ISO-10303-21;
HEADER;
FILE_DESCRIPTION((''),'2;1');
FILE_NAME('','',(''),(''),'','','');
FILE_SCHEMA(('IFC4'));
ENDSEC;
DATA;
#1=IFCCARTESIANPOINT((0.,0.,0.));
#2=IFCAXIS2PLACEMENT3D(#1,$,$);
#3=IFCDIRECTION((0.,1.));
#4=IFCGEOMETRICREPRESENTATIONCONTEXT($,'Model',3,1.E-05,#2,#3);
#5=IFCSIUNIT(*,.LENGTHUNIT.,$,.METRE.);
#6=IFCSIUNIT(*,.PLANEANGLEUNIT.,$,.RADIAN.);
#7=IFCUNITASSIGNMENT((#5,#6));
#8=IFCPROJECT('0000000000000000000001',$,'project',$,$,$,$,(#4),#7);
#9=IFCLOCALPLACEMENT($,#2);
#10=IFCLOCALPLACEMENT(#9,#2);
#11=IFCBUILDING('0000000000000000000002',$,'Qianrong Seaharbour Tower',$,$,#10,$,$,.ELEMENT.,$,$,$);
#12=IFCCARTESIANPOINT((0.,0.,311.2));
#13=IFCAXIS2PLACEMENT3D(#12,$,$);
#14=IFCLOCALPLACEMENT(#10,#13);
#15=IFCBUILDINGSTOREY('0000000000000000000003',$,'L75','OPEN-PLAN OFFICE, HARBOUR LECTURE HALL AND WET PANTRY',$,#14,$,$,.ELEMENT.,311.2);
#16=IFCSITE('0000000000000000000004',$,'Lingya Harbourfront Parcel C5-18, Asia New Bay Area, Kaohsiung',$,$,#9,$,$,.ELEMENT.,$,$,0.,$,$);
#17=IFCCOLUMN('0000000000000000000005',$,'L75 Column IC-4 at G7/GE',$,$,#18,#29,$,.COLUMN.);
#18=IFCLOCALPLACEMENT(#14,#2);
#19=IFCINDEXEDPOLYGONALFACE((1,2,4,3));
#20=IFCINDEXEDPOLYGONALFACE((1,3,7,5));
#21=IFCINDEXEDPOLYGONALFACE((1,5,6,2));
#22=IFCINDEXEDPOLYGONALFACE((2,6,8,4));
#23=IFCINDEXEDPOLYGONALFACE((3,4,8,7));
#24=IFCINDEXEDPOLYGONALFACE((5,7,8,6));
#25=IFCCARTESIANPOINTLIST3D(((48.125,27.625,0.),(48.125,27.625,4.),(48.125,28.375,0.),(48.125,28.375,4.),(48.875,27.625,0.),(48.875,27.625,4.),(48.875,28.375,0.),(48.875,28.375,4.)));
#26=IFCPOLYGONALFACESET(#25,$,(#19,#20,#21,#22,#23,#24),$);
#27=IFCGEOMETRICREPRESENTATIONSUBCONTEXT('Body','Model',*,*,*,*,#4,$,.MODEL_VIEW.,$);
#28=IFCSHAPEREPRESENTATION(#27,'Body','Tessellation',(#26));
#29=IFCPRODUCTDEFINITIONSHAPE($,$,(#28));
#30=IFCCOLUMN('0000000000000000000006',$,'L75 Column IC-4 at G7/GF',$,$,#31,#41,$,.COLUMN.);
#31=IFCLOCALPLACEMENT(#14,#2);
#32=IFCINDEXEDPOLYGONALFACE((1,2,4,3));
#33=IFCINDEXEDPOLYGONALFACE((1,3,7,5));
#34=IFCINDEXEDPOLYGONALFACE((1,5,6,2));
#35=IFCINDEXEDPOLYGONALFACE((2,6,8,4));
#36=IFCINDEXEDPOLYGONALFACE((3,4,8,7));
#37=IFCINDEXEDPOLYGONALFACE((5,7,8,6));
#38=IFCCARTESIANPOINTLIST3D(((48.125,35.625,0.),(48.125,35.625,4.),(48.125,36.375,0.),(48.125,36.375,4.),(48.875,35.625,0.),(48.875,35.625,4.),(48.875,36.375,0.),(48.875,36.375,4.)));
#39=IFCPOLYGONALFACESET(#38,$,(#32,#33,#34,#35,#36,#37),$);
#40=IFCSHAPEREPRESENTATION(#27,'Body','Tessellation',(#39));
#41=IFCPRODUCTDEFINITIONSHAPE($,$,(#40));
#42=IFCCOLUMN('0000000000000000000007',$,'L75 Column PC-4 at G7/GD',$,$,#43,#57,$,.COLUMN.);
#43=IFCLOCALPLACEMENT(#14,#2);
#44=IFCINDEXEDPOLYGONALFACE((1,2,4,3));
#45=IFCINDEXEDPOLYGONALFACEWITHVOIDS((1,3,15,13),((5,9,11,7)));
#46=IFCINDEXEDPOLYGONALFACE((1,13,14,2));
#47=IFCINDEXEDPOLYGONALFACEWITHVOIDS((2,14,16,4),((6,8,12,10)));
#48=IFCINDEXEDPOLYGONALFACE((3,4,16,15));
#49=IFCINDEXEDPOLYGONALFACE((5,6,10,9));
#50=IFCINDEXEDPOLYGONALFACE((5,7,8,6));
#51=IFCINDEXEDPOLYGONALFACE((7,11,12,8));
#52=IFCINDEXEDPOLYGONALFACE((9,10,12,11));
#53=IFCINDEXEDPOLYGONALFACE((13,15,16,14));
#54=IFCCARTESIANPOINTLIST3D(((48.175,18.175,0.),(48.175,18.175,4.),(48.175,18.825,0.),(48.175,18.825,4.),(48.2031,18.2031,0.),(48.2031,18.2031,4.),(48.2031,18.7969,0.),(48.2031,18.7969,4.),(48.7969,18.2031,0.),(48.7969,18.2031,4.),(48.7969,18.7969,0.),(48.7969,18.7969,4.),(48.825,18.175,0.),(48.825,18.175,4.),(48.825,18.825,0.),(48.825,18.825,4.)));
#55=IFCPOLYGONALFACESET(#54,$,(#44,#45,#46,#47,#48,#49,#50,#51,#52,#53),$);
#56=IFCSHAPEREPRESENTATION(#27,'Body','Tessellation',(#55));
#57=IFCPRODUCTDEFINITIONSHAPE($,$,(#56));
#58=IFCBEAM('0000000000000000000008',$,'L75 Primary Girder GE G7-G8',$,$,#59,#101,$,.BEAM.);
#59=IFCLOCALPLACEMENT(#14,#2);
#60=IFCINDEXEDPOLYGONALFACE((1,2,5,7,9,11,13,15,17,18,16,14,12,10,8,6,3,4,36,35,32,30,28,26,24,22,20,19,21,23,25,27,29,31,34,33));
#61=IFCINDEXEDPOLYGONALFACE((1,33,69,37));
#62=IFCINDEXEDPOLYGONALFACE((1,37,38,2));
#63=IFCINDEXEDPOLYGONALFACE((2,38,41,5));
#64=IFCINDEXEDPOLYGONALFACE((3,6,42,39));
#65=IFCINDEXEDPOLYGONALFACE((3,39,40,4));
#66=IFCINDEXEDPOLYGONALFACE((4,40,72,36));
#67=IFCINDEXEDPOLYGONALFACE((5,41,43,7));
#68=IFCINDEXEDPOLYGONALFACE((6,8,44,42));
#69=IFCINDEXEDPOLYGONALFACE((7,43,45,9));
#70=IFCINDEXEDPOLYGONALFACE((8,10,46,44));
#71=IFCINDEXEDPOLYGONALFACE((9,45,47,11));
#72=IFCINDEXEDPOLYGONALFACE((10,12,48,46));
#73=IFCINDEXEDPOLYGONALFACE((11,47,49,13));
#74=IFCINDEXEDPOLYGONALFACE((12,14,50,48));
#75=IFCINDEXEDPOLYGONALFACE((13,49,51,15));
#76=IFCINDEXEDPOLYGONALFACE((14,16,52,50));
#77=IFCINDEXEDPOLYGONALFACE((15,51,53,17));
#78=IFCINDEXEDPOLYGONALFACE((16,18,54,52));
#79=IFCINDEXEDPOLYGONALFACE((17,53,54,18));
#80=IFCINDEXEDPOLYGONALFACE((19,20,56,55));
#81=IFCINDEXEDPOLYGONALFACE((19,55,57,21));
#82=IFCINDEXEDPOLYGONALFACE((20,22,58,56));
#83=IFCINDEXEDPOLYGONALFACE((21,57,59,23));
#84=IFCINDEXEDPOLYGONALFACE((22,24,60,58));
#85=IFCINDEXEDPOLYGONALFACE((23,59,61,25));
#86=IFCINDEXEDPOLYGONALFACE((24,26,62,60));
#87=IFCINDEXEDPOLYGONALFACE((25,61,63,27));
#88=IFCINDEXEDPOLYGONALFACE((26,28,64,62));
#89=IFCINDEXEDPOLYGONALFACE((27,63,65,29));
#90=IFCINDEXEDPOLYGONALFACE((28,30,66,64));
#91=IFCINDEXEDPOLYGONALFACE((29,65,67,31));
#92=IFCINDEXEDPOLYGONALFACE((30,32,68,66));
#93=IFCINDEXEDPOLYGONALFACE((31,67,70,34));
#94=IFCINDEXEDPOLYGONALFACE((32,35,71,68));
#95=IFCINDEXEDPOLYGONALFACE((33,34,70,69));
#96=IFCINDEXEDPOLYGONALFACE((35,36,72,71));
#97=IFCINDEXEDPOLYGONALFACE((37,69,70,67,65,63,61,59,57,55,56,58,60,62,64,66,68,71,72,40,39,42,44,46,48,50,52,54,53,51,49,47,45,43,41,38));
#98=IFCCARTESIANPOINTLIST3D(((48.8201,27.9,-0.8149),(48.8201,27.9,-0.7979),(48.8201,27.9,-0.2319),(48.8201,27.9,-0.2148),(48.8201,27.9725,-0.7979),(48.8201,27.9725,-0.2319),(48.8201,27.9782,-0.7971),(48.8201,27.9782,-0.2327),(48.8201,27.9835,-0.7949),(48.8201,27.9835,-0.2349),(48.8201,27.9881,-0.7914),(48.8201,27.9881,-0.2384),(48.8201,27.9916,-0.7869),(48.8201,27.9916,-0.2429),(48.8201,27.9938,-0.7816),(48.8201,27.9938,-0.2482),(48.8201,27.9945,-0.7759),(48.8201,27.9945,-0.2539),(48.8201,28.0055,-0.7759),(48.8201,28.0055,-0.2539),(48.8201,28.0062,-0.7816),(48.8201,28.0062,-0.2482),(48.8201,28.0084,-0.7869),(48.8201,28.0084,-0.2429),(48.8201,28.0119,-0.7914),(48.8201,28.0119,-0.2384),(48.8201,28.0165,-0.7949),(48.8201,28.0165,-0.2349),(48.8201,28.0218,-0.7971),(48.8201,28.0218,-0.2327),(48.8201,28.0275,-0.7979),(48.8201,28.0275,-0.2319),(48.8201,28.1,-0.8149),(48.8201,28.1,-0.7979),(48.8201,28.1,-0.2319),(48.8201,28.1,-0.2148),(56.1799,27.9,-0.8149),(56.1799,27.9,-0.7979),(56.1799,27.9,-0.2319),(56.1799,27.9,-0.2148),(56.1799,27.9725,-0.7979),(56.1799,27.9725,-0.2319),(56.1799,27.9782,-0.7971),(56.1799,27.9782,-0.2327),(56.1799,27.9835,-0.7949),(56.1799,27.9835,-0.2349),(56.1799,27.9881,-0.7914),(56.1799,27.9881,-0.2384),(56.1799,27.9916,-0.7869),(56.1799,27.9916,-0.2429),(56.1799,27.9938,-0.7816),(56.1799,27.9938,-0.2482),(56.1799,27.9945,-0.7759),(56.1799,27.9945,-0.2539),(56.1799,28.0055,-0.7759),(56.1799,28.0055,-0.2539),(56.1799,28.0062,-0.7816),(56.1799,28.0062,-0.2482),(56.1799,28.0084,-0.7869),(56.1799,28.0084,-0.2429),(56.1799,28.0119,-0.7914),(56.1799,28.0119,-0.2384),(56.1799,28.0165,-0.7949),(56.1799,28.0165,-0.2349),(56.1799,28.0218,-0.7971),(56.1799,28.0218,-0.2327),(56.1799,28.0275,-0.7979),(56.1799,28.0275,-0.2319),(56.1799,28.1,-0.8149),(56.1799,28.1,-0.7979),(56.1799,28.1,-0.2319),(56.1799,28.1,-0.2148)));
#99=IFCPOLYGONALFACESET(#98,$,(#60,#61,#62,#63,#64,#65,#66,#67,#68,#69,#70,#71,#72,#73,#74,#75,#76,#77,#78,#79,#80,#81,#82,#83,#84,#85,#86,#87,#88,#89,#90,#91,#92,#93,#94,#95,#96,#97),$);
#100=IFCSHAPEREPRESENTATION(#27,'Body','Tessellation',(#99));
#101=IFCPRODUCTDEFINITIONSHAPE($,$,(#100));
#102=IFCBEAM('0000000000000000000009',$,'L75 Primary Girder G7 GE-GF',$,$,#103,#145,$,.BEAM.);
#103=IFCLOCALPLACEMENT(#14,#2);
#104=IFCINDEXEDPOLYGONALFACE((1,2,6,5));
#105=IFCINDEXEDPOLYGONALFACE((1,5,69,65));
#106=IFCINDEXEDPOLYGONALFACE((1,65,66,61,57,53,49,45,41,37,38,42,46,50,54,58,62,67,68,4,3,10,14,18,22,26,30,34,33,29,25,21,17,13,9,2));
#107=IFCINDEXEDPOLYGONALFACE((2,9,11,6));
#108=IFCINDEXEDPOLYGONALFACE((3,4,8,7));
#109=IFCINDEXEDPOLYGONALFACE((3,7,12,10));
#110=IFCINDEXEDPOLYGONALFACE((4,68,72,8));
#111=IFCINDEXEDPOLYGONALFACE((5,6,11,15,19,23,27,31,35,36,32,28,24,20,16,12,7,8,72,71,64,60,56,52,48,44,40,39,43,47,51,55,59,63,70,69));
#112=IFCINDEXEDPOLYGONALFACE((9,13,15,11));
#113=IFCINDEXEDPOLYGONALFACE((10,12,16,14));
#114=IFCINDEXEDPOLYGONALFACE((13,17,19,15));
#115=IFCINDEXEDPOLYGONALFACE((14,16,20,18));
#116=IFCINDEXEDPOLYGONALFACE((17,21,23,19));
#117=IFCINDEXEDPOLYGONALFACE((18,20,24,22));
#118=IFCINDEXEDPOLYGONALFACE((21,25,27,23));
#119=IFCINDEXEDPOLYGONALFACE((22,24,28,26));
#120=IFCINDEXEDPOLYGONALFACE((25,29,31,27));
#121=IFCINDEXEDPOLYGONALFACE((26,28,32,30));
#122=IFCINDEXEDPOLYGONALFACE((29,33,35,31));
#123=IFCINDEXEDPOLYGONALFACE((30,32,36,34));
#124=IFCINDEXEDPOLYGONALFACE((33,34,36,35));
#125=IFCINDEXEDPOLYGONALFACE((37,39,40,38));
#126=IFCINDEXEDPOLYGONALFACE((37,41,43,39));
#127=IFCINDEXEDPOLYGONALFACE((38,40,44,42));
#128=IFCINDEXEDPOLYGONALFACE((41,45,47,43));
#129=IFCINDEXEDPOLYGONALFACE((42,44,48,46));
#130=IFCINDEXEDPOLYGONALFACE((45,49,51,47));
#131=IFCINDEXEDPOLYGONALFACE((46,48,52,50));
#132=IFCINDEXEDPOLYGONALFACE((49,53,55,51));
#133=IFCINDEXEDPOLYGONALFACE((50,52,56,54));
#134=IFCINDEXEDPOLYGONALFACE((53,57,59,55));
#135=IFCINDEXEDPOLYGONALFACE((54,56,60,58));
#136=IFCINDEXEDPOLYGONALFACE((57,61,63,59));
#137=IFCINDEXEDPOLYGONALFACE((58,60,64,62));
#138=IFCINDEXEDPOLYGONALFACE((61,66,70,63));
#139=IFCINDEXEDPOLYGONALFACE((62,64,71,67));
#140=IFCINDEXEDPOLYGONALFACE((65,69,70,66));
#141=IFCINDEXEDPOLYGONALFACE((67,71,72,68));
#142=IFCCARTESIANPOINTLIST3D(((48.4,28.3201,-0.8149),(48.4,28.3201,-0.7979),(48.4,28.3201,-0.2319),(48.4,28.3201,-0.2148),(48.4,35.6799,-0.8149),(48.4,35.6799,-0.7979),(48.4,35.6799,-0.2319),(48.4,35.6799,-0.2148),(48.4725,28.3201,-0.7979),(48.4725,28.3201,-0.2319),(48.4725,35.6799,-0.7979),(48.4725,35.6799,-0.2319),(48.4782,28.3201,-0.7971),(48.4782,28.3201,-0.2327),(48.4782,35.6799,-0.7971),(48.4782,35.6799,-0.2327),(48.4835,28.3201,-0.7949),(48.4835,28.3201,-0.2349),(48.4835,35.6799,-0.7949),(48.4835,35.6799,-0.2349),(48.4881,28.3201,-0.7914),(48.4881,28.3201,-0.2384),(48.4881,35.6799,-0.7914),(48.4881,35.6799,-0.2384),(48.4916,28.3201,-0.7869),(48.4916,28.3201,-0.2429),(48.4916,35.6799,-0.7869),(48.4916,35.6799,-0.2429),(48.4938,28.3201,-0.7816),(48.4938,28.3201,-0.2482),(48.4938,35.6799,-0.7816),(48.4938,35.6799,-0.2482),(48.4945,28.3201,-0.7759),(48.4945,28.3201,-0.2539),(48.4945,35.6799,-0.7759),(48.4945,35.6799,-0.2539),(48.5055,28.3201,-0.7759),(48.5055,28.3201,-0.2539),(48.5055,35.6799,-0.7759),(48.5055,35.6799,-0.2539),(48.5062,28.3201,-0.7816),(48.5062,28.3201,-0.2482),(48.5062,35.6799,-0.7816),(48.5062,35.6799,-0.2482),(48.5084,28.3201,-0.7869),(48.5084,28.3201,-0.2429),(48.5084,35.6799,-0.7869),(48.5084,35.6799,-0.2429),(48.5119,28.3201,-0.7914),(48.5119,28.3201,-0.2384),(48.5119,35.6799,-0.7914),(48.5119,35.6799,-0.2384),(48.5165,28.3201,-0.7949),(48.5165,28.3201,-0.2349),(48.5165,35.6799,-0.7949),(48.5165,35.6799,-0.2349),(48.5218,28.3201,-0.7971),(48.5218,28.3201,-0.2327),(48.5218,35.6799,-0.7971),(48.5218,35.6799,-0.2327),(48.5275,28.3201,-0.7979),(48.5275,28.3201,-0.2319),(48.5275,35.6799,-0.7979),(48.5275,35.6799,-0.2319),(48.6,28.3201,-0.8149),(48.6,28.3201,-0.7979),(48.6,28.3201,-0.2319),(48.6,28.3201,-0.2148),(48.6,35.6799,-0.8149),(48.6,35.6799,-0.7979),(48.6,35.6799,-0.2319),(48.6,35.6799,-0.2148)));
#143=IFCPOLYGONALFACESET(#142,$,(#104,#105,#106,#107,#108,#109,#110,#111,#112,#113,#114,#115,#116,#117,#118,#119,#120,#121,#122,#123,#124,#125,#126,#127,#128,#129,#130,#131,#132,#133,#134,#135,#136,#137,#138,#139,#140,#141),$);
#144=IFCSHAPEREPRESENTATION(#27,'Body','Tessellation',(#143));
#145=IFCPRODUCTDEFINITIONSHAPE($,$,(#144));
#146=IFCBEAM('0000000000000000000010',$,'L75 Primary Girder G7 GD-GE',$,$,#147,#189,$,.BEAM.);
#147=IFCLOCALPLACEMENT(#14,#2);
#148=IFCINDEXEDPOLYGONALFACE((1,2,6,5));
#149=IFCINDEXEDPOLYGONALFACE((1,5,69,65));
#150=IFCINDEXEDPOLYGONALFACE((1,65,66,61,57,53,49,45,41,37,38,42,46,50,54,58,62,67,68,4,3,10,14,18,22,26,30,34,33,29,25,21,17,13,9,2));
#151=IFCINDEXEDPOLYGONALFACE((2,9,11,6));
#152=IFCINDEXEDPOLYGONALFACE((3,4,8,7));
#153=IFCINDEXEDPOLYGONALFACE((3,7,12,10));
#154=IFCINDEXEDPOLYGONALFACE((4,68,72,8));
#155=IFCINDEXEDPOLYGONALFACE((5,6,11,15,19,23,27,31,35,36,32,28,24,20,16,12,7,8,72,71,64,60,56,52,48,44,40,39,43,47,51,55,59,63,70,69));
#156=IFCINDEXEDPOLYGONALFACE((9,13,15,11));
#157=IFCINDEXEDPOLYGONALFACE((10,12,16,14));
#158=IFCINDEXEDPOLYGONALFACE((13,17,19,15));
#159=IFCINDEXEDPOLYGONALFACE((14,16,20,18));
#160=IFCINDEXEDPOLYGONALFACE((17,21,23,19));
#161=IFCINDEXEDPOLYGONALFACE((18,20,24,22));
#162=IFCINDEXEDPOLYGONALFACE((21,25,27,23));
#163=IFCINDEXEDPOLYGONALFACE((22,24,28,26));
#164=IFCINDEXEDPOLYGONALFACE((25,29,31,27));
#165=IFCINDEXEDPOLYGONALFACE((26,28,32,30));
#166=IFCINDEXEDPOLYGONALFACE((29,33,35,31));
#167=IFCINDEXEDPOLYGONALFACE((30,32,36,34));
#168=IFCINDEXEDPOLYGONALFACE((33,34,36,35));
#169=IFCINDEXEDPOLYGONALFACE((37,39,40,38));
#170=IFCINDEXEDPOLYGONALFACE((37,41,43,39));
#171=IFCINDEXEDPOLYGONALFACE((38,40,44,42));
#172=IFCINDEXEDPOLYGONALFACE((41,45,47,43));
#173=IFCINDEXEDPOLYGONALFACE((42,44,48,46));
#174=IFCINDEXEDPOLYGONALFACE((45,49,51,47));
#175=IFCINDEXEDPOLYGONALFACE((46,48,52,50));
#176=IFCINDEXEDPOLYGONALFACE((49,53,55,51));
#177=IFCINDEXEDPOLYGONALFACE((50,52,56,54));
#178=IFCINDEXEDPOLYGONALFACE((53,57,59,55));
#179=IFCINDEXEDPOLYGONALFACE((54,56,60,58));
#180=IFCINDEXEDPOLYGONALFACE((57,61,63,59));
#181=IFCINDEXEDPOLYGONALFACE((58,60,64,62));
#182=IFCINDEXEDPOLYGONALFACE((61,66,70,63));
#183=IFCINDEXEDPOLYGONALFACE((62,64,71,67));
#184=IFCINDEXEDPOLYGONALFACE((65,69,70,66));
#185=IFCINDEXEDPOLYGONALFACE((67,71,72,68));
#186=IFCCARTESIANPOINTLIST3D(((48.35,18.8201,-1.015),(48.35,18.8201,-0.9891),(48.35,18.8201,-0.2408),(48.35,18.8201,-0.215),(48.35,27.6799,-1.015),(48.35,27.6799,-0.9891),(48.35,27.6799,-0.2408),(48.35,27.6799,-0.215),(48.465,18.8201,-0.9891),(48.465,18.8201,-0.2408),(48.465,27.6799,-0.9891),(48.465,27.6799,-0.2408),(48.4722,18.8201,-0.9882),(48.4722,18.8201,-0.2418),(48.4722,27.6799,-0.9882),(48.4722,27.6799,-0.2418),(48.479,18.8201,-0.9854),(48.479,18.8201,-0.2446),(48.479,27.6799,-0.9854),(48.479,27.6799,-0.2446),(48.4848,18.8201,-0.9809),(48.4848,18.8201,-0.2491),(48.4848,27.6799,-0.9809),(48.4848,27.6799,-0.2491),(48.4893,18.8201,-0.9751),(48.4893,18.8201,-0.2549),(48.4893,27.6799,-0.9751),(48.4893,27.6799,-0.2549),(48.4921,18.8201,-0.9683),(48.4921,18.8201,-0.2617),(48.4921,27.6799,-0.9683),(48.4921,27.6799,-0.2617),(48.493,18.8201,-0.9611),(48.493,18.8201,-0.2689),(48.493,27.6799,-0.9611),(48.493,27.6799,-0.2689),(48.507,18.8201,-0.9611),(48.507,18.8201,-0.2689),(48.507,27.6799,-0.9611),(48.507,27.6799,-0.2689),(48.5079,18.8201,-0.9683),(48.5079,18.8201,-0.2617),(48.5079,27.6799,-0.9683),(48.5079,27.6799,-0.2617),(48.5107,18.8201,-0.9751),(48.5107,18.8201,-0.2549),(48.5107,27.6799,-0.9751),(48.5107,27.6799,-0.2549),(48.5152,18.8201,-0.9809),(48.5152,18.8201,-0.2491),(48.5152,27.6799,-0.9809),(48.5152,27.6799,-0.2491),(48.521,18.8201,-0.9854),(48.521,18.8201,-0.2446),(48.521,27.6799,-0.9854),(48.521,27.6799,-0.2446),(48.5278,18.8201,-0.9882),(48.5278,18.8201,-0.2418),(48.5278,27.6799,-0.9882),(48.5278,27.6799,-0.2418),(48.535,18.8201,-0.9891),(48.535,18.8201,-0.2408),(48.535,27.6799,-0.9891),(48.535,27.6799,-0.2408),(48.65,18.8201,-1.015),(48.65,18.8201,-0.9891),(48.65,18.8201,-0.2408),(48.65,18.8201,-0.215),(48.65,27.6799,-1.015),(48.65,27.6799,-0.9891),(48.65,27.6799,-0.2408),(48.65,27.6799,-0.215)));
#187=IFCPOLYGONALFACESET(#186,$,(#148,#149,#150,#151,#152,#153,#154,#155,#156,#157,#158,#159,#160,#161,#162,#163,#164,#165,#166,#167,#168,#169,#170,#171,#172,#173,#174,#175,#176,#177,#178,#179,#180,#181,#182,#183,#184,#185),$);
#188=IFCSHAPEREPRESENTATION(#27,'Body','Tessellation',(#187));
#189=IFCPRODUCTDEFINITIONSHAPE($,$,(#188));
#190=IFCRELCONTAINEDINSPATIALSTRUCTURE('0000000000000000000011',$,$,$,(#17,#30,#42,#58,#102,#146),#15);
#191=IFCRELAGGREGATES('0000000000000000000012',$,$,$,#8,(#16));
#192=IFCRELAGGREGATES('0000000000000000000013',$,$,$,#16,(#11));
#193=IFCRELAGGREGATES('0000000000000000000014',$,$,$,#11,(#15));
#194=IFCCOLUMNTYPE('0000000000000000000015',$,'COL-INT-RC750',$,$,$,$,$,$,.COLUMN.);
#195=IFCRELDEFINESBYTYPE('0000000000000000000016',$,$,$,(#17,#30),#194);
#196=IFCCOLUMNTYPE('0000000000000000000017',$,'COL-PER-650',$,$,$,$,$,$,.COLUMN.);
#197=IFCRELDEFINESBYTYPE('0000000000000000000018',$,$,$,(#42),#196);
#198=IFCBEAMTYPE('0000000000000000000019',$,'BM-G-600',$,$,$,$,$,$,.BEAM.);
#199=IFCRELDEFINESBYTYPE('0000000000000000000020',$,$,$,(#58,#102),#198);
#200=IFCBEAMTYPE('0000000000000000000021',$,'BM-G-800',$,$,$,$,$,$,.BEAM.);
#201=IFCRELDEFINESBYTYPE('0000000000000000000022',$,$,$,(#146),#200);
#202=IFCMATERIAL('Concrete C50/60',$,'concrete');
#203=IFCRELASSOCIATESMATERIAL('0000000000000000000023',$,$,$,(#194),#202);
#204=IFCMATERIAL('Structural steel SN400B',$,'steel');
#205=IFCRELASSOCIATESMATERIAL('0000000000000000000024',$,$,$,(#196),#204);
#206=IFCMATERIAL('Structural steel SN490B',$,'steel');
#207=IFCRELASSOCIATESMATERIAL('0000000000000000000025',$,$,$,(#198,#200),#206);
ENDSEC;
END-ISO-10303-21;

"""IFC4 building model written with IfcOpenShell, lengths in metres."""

from ifc_helpers import new_model, si_unit, direction, frame, origin, origin_2d, place, context, subcontext, project, spatial, rectangle, hollow_rectangle, i_section, extrude, material, material_profile, profile_set, type_object, element, save


model = new_model("IFC4")

# Units and contexts
model_context = context("Model", 3, precision=1e-05, world=origin(), true_north=direction((0.0, 1.0)))
body_context = subcontext(model_context, "Body", "Model", "MODEL_VIEW")
ifc_project = project(units=[si_unit("LENGTHUNIT", "METRE"), si_unit("PLANEANGLEUNIT", "RADIAN")], contexts=[model_context])

# Site, building, storey
site_placement = place(None, origin())
site = spatial("IfcSite", under=ifc_project, at=site_placement, Name="Lingya Harbourfront Parcel C5-18, Asia New Bay Area, Kaohsiung", CompositionType="ELEMENT", RefElevation=0.0)
building_placement = place(site_placement, origin())
building = spatial("IfcBuilding", under=site, at=building_placement, Name="Qianrong Seaharbour Tower", CompositionType="ELEMENT")
storey_placement = place(building_placement, frame((0.0, 0.0, 311.2)))
storey = spatial("IfcBuildingStorey", under=building, at=storey_placement, Name="L75", Description="OPEN-PLAN OFFICE, HARBOUR LECTURE HALL AND WET PANTRY", CompositionType="ELEMENT", Elevation=311.2)

# Columns
ifc_material_1 = material(Name="Concrete C50/60", Category="concrete")
ifc_material_profile_1 = material_profile(ifc_material_1, rectangle(XDim=0.75, YDim=0.75, at=origin_2d()), Name="RC750x750")
ifc_profile_set_1 = profile_set([ifc_material_profile_1], Name="Concrete C50/60")
column_type_1 = type_object("IfcColumnType", Name="COL-INT-RC750", PredefinedType="COLUMN", material=ifc_profile_set_1)
for number, where, z_axis, x_axis, name in (
    (1, (48.5, 28.0, 0.0), (0.0, 0.0, 1.0), (1.0, 0.0, 0.0), "L75 Column IC-4 at G7/GE"),
    (2, (48.5, 36.0, 0.0), (0.0, 0.0, 1.0), (1.0, 0.0, 0.0), "L75 Column IC-4 at G7/GF"),
):
    element("IfcColumn", number, at=place(storey_placement, frame(where, z_axis=z_axis, x_axis=x_axis)), inside=storey, type_object=column_type_1, Name=name, PredefinedType="COLUMN", context=body_context, shape_type="SweptSolid", body=[
        extrude(rectangle(XDim=0.75, YDim=0.75, at=origin_2d()), origin(), (0.0, 0.0, 1.0), 4.0),
    ])
ifc_material_2 = material(Name="Structural steel SN400B", Category="steel")
ifc_material_profile_2 = material_profile(ifc_material_2, hollow_rectangle(XDim=0.6499, YDim=0.6499, WallThickness=0.0281, at=origin_2d()), Name="BOX650x650x28")
ifc_profile_set_2 = profile_set([ifc_material_profile_2], Name="Structural steel SN400B")
column_type_2 = type_object("IfcColumnType", Name="COL-PER-650", PredefinedType="COLUMN", material=ifc_profile_set_2)
column_placement = place(storey_placement, frame((48.5, 18.5, 0.0), z_axis=(0.0, 0.0, 1.0), x_axis=(1.0, 0.0, 0.0)))
element("IfcColumn", 3, at=column_placement, inside=storey, type_object=column_type_2, Name="L75 Column PC-4 at G7/GD", PredefinedType="COLUMN", context=body_context, shape_type="SweptSolid", body=[
    extrude(hollow_rectangle(XDim=0.6499, YDim=0.6499, WallThickness=0.0281, at=origin_2d()), origin(), (0.0, 0.0, 1.0), 4.0),
])

# Beams
ifc_material_3 = material(Name="Structural steel SN490B", Category="steel")
ifc_material_profile_3 = material_profile(ifc_material_3, i_section(OverallWidth=0.2, OverallDepth=0.6001, WebThickness=0.011, FlangeThickness=0.0171, FilletRadius=0.022, at=origin_2d()), Name="H600x200x11x17")
ifc_profile_set_3 = profile_set([ifc_material_profile_3], Name="Structural steel SN490B")
beam_type_1 = type_object("IfcBeamType", Name="BM-G-600", PredefinedType="BEAM", material=ifc_profile_set_3)
for number, where, z_axis, x_axis, name in (
    (4, (48.8201, 28.0, -0.5149), (1.0, 0.0, 0.0), (0.0, 1.0, 0.0), "L75 Primary Girder GE G7-G8"),
    (5, (48.5, 28.3201, -0.5149), (0.0, 1.0, 0.0), (-1.0, 0.0, 0.0), "L75 Primary Girder G7 GE-GF"),
):
    element("IfcBeam", number, at=place(storey_placement, frame(where, z_axis=z_axis, x_axis=x_axis)), inside=storey, type_object=beam_type_1, Name=name, PredefinedType="BEAM", context=body_context, shape_type="SweptSolid", body=[
        extrude(i_section(OverallWidth=0.2, OverallDepth=0.6001, WebThickness=0.011, FlangeThickness=0.0171, FilletRadius=0.022, at=origin_2d()), origin(), (0.0, 0.0, 1.0), 7.3599),
    ])
ifc_material_profile_4 = material_profile(ifc_material_3, i_section(OverallWidth=0.3, OverallDepth=0.8, WebThickness=0.0139, FlangeThickness=0.0259, FilletRadius=0.0281, at=origin_2d()), Name="H800x300x14x26")
ifc_profile_set_4 = profile_set([ifc_material_profile_4], Name="Structural steel SN490B")
beam_type_2 = type_object("IfcBeamType", Name="BM-G-800", PredefinedType="BEAM", material=ifc_profile_set_4)
beam_1_placement = place(storey_placement, frame((48.5, 18.8201, -0.615), z_axis=(0.0, 1.0, 0.0), x_axis=(-1.0, 0.0, 0.0)))
element("IfcBeam", 6, at=beam_1_placement, inside=storey, type_object=beam_type_2, Name="L75 Primary Girder G7 GD-GE", PredefinedType="BEAM", context=body_context, shape_type="SweptSolid", body=[
    extrude(i_section(OverallWidth=0.3, OverallDepth=0.8, WebThickness=0.0139, FlangeThickness=0.0259, FilletRadius=0.0281, at=origin_2d()), origin(), (0.0, 0.0, 1.0), 8.8599),
])

save(model, "model.ifc")
